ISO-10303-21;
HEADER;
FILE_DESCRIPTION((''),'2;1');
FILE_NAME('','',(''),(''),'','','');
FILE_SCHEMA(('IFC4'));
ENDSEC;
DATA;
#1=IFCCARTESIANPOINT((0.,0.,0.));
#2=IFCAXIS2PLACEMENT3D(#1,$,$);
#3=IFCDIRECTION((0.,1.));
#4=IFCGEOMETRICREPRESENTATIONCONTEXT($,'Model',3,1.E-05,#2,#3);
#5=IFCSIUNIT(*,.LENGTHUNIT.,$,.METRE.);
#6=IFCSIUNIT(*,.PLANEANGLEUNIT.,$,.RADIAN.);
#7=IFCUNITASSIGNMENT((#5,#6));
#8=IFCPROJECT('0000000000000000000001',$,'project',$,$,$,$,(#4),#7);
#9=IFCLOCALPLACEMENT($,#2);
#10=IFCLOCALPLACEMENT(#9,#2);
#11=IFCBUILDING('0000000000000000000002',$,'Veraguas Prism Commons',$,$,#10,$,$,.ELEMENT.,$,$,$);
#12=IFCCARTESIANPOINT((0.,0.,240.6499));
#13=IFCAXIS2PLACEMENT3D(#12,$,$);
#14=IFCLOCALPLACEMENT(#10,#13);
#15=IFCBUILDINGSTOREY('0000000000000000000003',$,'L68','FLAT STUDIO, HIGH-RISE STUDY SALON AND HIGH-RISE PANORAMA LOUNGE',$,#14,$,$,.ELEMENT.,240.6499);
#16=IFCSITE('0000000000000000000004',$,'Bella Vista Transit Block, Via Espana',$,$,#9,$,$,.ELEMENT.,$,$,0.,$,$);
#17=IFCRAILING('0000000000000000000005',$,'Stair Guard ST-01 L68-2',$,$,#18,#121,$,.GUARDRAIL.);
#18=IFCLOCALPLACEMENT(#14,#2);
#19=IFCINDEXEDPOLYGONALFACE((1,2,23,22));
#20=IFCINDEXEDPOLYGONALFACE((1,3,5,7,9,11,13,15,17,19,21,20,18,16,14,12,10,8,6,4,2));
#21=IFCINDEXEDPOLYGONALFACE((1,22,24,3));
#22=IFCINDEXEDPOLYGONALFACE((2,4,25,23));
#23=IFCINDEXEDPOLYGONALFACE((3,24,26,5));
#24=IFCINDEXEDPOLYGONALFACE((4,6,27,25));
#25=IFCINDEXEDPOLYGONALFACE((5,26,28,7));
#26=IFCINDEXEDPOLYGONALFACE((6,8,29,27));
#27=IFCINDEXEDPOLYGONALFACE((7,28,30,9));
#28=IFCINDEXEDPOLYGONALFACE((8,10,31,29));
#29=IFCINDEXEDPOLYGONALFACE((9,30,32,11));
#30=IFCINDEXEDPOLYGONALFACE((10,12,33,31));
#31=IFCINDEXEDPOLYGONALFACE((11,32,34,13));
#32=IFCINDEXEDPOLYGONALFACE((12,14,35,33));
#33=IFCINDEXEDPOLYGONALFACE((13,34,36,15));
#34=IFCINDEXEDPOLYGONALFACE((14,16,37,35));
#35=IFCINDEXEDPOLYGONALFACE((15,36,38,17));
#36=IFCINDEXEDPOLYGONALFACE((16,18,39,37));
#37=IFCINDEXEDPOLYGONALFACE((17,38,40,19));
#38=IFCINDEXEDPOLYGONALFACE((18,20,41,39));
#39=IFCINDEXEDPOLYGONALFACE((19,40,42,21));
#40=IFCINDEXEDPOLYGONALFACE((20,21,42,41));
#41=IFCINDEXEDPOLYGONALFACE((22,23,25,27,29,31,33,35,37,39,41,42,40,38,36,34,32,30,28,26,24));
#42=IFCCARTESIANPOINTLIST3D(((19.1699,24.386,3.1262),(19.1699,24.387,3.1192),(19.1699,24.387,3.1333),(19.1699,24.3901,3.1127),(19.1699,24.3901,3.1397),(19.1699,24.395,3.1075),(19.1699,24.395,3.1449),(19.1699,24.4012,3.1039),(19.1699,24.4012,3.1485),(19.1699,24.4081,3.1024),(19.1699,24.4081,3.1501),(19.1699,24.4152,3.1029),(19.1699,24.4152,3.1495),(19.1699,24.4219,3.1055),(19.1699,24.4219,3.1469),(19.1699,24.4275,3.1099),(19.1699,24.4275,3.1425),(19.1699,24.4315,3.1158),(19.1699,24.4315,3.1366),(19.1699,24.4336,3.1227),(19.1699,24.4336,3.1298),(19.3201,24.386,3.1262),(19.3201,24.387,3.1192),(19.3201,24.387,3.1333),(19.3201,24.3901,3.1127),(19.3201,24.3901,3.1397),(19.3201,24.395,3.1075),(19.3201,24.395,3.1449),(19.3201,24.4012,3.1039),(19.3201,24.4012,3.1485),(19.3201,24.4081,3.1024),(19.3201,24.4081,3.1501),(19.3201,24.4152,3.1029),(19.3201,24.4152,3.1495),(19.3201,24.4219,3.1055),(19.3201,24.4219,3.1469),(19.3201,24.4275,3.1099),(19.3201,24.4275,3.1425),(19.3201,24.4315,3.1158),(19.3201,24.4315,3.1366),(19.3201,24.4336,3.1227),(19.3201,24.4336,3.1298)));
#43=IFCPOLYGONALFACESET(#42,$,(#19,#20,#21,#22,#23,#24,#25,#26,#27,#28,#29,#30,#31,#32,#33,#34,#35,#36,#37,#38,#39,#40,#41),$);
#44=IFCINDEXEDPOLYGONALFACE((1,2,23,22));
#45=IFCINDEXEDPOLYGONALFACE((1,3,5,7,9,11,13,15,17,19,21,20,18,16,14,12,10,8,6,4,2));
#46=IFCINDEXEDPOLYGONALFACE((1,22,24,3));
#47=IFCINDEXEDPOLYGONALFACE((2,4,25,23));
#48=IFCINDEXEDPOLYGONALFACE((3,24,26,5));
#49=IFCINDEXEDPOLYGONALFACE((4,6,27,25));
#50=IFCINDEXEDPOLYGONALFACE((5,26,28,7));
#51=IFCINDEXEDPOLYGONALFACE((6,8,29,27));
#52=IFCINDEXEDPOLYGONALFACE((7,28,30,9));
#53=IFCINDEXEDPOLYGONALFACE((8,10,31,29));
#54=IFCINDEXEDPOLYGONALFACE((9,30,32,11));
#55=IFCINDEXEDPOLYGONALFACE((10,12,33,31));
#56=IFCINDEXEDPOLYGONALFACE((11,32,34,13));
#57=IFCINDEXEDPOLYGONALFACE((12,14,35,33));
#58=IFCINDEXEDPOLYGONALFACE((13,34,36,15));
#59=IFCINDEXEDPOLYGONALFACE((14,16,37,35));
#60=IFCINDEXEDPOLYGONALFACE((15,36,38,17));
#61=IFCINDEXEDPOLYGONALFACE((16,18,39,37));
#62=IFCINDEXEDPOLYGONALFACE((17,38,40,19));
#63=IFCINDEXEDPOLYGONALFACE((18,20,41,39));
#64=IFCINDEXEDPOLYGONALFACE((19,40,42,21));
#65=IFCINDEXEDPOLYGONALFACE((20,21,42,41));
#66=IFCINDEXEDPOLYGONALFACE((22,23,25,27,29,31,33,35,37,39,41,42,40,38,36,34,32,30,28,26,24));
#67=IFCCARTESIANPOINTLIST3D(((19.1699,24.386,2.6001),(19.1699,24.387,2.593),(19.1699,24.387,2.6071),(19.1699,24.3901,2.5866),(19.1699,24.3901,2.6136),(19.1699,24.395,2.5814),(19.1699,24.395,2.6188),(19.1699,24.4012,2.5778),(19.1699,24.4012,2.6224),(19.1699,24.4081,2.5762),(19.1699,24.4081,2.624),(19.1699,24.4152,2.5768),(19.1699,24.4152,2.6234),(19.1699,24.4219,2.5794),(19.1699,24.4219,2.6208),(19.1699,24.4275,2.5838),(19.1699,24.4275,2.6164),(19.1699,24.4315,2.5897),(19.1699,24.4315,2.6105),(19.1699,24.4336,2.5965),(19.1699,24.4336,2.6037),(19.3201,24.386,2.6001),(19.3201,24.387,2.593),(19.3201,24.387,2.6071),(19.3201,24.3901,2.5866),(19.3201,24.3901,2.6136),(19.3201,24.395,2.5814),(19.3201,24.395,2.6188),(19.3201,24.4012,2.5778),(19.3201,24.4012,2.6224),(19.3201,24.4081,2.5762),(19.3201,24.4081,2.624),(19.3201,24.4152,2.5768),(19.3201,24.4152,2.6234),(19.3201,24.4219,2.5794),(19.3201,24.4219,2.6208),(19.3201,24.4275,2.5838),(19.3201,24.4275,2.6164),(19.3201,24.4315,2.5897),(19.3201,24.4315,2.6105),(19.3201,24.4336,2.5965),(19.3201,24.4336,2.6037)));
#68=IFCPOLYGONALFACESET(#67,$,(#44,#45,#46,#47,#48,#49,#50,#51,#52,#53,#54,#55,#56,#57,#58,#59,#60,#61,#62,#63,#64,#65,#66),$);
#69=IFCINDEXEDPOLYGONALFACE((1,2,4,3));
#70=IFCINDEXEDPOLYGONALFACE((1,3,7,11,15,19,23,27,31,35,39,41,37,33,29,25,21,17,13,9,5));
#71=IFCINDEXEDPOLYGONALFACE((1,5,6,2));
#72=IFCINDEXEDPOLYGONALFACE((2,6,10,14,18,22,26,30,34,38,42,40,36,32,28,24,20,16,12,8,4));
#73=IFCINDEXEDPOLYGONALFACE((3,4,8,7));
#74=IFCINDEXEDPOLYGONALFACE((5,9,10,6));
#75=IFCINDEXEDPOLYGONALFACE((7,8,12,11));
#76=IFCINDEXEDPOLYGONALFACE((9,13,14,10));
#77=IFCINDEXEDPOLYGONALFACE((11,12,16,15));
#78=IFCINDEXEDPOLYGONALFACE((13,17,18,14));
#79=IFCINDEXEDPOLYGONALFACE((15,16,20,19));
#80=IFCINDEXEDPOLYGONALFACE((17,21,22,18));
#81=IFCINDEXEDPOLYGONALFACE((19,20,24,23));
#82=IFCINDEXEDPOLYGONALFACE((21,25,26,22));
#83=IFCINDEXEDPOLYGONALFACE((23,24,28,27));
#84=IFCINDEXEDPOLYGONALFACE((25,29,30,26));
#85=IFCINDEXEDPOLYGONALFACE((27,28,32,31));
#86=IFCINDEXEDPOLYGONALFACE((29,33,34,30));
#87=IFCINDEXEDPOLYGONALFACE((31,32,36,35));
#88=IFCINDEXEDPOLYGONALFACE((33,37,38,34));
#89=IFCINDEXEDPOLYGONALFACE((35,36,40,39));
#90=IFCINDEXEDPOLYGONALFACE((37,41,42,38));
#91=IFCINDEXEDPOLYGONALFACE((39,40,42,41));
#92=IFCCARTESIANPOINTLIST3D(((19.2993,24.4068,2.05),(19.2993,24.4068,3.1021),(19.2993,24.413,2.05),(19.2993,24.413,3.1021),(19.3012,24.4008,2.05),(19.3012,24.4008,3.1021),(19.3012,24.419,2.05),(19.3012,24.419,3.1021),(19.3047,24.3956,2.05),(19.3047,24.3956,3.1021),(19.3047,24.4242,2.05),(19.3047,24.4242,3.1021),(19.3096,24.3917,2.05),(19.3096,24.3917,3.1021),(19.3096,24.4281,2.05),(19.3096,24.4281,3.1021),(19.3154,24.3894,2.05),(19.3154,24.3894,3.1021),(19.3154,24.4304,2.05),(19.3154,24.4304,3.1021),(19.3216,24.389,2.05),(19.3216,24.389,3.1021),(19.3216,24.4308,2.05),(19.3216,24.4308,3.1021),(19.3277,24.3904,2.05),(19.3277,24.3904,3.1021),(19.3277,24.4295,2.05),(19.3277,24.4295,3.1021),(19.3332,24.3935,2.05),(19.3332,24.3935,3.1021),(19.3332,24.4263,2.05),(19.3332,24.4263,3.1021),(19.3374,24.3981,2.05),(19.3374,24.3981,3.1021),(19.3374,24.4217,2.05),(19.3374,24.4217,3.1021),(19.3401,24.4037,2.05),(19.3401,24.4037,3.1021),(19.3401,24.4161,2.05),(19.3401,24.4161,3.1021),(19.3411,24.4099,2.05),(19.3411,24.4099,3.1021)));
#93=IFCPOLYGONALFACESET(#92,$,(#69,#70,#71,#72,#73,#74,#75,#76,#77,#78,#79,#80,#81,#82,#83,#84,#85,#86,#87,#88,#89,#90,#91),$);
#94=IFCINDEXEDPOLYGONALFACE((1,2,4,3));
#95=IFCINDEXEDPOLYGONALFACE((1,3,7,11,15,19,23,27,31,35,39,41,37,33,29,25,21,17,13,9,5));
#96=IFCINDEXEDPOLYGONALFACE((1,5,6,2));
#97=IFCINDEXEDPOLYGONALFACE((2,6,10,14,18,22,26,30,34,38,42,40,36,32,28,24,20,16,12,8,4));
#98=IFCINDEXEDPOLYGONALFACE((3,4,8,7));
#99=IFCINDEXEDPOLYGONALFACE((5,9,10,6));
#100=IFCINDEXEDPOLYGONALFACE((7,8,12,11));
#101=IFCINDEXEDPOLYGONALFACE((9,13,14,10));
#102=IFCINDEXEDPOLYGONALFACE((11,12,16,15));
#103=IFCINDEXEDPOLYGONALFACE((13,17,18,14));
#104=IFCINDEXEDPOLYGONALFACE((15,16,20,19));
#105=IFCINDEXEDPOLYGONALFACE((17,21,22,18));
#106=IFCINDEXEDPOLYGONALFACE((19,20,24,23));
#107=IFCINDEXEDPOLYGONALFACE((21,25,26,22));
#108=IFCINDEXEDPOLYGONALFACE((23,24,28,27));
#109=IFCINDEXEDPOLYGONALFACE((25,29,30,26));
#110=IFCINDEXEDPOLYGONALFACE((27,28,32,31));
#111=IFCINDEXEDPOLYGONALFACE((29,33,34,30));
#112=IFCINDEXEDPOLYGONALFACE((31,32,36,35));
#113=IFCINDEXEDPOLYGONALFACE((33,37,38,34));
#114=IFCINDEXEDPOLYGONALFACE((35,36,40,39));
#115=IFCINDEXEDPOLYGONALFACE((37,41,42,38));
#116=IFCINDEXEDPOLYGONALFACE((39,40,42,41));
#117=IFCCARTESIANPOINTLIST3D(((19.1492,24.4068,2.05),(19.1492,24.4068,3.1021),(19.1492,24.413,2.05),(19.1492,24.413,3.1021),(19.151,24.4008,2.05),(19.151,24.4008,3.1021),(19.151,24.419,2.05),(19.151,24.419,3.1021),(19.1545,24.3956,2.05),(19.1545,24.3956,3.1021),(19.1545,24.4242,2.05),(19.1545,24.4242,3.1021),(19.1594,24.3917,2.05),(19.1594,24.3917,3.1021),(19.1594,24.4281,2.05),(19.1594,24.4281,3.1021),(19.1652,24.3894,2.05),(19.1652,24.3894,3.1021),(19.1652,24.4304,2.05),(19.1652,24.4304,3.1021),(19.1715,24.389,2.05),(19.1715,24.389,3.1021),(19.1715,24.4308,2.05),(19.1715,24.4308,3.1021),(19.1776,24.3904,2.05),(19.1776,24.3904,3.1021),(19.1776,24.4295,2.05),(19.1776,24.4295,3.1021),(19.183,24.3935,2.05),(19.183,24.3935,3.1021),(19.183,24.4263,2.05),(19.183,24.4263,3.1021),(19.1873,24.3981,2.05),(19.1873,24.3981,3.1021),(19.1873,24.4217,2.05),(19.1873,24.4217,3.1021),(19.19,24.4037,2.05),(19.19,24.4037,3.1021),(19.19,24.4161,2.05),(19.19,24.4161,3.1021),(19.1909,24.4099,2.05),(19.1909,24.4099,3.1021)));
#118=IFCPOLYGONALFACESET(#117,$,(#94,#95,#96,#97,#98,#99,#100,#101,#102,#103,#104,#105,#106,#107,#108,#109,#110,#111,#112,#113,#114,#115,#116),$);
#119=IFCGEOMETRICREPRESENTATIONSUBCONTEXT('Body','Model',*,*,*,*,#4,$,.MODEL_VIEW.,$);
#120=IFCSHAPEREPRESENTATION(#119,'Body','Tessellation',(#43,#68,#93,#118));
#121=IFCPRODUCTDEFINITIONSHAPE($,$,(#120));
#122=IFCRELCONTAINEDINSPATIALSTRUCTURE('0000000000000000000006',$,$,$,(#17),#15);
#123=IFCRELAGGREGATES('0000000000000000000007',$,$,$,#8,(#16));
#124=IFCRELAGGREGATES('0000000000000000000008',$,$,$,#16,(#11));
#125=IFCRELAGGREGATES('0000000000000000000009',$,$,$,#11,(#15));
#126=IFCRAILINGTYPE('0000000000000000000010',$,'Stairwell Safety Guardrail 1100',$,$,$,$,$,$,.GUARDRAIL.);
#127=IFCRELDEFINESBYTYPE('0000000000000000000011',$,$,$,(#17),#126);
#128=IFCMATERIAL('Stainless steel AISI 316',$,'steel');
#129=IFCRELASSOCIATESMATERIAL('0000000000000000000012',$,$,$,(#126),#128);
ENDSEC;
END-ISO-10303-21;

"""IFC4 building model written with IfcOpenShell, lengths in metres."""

from ifc_helpers import new_model, si_unit, direction, frame, origin, origin_2d, place, context, subcontext, project, spatial, circle, extrude, material, type_object, element, save


model = new_model("IFC4")

# Units and contexts
model_context = context("Model", 3, precision=1e-05, world=origin(), true_north=direction((0.0, 1.0)))
body_context = subcontext(model_context, "Body", "Model", "MODEL_VIEW")
ifc_project = project(units=[si_unit("LENGTHUNIT", "METRE"), si_unit("PLANEANGLEUNIT", "RADIAN")], contexts=[model_context])

# Site, building, storey
site_placement = place(None, origin())
site = spatial("IfcSite", under=ifc_project, at=site_placement, Name="Bella Vista Transit Block, Via Espana", CompositionType="ELEMENT", RefElevation=0.0)
building_placement = place(site_placement, origin())
building = spatial("IfcBuilding", under=site, at=building_placement, Name="Veraguas Prism Commons", CompositionType="ELEMENT")
storey_placement = place(building_placement, frame((0.0, 0.0, 240.6499)))
storey = spatial("IfcBuildingStorey", under=building, at=storey_placement, Name="L68", Description="FLAT STUDIO, HIGH-RISE STUDY SALON AND HIGH-RISE PANORAMA LOUNGE", CompositionType="ELEMENT", Elevation=240.6499)

# Railing
ifc_material_1 = material(Name="Stainless steel AISI 316", Category="steel")
railing_type_1 = type_object("IfcRailingType", Name="Stairwell Safety Guardrail 1100", PredefinedType="GUARDRAIL", material=ifc_material_1)
railing_1_placement = place(storey_placement, frame((19.3201, 24.4099, 2.05)))
element("IfcRailing", 1, at=railing_1_placement, inside=storey, type_object=railing_type_1, Name="Stair Guard ST-01 L68-2", PredefinedType="GUARDRAIL", context=body_context, shape_type="SweptSolid", body=[
    extrude(circle(Radius=0.0239, at=origin_2d()), frame((0.0, 0.0, 1.0762), z_axis=(-1.0, 0.0, 0.0), x_axis=(0.0, -1.0, 0.0)), (0.0, 0.0, 1.0), 0.1501),
    extrude(circle(Radius=0.0239, at=origin_2d()), frame((0.0, 0.0, 0.55), z_axis=(-1.0, 0.0, 0.0), x_axis=(0.0, -1.0, 0.0)), (0.0, 0.0, 1.0), 0.1501),
    extrude(circle(Radius=0.021, at=origin_2d()), origin(), (0.0, 0.0, 1.0), 1.052),
    extrude(circle(Radius=0.021, at=origin_2d()), frame((-0.1501, 0.0, 0.0)), (0.0, 0.0, 1.0), 1.052),
])

save(model, "model.ifc")
